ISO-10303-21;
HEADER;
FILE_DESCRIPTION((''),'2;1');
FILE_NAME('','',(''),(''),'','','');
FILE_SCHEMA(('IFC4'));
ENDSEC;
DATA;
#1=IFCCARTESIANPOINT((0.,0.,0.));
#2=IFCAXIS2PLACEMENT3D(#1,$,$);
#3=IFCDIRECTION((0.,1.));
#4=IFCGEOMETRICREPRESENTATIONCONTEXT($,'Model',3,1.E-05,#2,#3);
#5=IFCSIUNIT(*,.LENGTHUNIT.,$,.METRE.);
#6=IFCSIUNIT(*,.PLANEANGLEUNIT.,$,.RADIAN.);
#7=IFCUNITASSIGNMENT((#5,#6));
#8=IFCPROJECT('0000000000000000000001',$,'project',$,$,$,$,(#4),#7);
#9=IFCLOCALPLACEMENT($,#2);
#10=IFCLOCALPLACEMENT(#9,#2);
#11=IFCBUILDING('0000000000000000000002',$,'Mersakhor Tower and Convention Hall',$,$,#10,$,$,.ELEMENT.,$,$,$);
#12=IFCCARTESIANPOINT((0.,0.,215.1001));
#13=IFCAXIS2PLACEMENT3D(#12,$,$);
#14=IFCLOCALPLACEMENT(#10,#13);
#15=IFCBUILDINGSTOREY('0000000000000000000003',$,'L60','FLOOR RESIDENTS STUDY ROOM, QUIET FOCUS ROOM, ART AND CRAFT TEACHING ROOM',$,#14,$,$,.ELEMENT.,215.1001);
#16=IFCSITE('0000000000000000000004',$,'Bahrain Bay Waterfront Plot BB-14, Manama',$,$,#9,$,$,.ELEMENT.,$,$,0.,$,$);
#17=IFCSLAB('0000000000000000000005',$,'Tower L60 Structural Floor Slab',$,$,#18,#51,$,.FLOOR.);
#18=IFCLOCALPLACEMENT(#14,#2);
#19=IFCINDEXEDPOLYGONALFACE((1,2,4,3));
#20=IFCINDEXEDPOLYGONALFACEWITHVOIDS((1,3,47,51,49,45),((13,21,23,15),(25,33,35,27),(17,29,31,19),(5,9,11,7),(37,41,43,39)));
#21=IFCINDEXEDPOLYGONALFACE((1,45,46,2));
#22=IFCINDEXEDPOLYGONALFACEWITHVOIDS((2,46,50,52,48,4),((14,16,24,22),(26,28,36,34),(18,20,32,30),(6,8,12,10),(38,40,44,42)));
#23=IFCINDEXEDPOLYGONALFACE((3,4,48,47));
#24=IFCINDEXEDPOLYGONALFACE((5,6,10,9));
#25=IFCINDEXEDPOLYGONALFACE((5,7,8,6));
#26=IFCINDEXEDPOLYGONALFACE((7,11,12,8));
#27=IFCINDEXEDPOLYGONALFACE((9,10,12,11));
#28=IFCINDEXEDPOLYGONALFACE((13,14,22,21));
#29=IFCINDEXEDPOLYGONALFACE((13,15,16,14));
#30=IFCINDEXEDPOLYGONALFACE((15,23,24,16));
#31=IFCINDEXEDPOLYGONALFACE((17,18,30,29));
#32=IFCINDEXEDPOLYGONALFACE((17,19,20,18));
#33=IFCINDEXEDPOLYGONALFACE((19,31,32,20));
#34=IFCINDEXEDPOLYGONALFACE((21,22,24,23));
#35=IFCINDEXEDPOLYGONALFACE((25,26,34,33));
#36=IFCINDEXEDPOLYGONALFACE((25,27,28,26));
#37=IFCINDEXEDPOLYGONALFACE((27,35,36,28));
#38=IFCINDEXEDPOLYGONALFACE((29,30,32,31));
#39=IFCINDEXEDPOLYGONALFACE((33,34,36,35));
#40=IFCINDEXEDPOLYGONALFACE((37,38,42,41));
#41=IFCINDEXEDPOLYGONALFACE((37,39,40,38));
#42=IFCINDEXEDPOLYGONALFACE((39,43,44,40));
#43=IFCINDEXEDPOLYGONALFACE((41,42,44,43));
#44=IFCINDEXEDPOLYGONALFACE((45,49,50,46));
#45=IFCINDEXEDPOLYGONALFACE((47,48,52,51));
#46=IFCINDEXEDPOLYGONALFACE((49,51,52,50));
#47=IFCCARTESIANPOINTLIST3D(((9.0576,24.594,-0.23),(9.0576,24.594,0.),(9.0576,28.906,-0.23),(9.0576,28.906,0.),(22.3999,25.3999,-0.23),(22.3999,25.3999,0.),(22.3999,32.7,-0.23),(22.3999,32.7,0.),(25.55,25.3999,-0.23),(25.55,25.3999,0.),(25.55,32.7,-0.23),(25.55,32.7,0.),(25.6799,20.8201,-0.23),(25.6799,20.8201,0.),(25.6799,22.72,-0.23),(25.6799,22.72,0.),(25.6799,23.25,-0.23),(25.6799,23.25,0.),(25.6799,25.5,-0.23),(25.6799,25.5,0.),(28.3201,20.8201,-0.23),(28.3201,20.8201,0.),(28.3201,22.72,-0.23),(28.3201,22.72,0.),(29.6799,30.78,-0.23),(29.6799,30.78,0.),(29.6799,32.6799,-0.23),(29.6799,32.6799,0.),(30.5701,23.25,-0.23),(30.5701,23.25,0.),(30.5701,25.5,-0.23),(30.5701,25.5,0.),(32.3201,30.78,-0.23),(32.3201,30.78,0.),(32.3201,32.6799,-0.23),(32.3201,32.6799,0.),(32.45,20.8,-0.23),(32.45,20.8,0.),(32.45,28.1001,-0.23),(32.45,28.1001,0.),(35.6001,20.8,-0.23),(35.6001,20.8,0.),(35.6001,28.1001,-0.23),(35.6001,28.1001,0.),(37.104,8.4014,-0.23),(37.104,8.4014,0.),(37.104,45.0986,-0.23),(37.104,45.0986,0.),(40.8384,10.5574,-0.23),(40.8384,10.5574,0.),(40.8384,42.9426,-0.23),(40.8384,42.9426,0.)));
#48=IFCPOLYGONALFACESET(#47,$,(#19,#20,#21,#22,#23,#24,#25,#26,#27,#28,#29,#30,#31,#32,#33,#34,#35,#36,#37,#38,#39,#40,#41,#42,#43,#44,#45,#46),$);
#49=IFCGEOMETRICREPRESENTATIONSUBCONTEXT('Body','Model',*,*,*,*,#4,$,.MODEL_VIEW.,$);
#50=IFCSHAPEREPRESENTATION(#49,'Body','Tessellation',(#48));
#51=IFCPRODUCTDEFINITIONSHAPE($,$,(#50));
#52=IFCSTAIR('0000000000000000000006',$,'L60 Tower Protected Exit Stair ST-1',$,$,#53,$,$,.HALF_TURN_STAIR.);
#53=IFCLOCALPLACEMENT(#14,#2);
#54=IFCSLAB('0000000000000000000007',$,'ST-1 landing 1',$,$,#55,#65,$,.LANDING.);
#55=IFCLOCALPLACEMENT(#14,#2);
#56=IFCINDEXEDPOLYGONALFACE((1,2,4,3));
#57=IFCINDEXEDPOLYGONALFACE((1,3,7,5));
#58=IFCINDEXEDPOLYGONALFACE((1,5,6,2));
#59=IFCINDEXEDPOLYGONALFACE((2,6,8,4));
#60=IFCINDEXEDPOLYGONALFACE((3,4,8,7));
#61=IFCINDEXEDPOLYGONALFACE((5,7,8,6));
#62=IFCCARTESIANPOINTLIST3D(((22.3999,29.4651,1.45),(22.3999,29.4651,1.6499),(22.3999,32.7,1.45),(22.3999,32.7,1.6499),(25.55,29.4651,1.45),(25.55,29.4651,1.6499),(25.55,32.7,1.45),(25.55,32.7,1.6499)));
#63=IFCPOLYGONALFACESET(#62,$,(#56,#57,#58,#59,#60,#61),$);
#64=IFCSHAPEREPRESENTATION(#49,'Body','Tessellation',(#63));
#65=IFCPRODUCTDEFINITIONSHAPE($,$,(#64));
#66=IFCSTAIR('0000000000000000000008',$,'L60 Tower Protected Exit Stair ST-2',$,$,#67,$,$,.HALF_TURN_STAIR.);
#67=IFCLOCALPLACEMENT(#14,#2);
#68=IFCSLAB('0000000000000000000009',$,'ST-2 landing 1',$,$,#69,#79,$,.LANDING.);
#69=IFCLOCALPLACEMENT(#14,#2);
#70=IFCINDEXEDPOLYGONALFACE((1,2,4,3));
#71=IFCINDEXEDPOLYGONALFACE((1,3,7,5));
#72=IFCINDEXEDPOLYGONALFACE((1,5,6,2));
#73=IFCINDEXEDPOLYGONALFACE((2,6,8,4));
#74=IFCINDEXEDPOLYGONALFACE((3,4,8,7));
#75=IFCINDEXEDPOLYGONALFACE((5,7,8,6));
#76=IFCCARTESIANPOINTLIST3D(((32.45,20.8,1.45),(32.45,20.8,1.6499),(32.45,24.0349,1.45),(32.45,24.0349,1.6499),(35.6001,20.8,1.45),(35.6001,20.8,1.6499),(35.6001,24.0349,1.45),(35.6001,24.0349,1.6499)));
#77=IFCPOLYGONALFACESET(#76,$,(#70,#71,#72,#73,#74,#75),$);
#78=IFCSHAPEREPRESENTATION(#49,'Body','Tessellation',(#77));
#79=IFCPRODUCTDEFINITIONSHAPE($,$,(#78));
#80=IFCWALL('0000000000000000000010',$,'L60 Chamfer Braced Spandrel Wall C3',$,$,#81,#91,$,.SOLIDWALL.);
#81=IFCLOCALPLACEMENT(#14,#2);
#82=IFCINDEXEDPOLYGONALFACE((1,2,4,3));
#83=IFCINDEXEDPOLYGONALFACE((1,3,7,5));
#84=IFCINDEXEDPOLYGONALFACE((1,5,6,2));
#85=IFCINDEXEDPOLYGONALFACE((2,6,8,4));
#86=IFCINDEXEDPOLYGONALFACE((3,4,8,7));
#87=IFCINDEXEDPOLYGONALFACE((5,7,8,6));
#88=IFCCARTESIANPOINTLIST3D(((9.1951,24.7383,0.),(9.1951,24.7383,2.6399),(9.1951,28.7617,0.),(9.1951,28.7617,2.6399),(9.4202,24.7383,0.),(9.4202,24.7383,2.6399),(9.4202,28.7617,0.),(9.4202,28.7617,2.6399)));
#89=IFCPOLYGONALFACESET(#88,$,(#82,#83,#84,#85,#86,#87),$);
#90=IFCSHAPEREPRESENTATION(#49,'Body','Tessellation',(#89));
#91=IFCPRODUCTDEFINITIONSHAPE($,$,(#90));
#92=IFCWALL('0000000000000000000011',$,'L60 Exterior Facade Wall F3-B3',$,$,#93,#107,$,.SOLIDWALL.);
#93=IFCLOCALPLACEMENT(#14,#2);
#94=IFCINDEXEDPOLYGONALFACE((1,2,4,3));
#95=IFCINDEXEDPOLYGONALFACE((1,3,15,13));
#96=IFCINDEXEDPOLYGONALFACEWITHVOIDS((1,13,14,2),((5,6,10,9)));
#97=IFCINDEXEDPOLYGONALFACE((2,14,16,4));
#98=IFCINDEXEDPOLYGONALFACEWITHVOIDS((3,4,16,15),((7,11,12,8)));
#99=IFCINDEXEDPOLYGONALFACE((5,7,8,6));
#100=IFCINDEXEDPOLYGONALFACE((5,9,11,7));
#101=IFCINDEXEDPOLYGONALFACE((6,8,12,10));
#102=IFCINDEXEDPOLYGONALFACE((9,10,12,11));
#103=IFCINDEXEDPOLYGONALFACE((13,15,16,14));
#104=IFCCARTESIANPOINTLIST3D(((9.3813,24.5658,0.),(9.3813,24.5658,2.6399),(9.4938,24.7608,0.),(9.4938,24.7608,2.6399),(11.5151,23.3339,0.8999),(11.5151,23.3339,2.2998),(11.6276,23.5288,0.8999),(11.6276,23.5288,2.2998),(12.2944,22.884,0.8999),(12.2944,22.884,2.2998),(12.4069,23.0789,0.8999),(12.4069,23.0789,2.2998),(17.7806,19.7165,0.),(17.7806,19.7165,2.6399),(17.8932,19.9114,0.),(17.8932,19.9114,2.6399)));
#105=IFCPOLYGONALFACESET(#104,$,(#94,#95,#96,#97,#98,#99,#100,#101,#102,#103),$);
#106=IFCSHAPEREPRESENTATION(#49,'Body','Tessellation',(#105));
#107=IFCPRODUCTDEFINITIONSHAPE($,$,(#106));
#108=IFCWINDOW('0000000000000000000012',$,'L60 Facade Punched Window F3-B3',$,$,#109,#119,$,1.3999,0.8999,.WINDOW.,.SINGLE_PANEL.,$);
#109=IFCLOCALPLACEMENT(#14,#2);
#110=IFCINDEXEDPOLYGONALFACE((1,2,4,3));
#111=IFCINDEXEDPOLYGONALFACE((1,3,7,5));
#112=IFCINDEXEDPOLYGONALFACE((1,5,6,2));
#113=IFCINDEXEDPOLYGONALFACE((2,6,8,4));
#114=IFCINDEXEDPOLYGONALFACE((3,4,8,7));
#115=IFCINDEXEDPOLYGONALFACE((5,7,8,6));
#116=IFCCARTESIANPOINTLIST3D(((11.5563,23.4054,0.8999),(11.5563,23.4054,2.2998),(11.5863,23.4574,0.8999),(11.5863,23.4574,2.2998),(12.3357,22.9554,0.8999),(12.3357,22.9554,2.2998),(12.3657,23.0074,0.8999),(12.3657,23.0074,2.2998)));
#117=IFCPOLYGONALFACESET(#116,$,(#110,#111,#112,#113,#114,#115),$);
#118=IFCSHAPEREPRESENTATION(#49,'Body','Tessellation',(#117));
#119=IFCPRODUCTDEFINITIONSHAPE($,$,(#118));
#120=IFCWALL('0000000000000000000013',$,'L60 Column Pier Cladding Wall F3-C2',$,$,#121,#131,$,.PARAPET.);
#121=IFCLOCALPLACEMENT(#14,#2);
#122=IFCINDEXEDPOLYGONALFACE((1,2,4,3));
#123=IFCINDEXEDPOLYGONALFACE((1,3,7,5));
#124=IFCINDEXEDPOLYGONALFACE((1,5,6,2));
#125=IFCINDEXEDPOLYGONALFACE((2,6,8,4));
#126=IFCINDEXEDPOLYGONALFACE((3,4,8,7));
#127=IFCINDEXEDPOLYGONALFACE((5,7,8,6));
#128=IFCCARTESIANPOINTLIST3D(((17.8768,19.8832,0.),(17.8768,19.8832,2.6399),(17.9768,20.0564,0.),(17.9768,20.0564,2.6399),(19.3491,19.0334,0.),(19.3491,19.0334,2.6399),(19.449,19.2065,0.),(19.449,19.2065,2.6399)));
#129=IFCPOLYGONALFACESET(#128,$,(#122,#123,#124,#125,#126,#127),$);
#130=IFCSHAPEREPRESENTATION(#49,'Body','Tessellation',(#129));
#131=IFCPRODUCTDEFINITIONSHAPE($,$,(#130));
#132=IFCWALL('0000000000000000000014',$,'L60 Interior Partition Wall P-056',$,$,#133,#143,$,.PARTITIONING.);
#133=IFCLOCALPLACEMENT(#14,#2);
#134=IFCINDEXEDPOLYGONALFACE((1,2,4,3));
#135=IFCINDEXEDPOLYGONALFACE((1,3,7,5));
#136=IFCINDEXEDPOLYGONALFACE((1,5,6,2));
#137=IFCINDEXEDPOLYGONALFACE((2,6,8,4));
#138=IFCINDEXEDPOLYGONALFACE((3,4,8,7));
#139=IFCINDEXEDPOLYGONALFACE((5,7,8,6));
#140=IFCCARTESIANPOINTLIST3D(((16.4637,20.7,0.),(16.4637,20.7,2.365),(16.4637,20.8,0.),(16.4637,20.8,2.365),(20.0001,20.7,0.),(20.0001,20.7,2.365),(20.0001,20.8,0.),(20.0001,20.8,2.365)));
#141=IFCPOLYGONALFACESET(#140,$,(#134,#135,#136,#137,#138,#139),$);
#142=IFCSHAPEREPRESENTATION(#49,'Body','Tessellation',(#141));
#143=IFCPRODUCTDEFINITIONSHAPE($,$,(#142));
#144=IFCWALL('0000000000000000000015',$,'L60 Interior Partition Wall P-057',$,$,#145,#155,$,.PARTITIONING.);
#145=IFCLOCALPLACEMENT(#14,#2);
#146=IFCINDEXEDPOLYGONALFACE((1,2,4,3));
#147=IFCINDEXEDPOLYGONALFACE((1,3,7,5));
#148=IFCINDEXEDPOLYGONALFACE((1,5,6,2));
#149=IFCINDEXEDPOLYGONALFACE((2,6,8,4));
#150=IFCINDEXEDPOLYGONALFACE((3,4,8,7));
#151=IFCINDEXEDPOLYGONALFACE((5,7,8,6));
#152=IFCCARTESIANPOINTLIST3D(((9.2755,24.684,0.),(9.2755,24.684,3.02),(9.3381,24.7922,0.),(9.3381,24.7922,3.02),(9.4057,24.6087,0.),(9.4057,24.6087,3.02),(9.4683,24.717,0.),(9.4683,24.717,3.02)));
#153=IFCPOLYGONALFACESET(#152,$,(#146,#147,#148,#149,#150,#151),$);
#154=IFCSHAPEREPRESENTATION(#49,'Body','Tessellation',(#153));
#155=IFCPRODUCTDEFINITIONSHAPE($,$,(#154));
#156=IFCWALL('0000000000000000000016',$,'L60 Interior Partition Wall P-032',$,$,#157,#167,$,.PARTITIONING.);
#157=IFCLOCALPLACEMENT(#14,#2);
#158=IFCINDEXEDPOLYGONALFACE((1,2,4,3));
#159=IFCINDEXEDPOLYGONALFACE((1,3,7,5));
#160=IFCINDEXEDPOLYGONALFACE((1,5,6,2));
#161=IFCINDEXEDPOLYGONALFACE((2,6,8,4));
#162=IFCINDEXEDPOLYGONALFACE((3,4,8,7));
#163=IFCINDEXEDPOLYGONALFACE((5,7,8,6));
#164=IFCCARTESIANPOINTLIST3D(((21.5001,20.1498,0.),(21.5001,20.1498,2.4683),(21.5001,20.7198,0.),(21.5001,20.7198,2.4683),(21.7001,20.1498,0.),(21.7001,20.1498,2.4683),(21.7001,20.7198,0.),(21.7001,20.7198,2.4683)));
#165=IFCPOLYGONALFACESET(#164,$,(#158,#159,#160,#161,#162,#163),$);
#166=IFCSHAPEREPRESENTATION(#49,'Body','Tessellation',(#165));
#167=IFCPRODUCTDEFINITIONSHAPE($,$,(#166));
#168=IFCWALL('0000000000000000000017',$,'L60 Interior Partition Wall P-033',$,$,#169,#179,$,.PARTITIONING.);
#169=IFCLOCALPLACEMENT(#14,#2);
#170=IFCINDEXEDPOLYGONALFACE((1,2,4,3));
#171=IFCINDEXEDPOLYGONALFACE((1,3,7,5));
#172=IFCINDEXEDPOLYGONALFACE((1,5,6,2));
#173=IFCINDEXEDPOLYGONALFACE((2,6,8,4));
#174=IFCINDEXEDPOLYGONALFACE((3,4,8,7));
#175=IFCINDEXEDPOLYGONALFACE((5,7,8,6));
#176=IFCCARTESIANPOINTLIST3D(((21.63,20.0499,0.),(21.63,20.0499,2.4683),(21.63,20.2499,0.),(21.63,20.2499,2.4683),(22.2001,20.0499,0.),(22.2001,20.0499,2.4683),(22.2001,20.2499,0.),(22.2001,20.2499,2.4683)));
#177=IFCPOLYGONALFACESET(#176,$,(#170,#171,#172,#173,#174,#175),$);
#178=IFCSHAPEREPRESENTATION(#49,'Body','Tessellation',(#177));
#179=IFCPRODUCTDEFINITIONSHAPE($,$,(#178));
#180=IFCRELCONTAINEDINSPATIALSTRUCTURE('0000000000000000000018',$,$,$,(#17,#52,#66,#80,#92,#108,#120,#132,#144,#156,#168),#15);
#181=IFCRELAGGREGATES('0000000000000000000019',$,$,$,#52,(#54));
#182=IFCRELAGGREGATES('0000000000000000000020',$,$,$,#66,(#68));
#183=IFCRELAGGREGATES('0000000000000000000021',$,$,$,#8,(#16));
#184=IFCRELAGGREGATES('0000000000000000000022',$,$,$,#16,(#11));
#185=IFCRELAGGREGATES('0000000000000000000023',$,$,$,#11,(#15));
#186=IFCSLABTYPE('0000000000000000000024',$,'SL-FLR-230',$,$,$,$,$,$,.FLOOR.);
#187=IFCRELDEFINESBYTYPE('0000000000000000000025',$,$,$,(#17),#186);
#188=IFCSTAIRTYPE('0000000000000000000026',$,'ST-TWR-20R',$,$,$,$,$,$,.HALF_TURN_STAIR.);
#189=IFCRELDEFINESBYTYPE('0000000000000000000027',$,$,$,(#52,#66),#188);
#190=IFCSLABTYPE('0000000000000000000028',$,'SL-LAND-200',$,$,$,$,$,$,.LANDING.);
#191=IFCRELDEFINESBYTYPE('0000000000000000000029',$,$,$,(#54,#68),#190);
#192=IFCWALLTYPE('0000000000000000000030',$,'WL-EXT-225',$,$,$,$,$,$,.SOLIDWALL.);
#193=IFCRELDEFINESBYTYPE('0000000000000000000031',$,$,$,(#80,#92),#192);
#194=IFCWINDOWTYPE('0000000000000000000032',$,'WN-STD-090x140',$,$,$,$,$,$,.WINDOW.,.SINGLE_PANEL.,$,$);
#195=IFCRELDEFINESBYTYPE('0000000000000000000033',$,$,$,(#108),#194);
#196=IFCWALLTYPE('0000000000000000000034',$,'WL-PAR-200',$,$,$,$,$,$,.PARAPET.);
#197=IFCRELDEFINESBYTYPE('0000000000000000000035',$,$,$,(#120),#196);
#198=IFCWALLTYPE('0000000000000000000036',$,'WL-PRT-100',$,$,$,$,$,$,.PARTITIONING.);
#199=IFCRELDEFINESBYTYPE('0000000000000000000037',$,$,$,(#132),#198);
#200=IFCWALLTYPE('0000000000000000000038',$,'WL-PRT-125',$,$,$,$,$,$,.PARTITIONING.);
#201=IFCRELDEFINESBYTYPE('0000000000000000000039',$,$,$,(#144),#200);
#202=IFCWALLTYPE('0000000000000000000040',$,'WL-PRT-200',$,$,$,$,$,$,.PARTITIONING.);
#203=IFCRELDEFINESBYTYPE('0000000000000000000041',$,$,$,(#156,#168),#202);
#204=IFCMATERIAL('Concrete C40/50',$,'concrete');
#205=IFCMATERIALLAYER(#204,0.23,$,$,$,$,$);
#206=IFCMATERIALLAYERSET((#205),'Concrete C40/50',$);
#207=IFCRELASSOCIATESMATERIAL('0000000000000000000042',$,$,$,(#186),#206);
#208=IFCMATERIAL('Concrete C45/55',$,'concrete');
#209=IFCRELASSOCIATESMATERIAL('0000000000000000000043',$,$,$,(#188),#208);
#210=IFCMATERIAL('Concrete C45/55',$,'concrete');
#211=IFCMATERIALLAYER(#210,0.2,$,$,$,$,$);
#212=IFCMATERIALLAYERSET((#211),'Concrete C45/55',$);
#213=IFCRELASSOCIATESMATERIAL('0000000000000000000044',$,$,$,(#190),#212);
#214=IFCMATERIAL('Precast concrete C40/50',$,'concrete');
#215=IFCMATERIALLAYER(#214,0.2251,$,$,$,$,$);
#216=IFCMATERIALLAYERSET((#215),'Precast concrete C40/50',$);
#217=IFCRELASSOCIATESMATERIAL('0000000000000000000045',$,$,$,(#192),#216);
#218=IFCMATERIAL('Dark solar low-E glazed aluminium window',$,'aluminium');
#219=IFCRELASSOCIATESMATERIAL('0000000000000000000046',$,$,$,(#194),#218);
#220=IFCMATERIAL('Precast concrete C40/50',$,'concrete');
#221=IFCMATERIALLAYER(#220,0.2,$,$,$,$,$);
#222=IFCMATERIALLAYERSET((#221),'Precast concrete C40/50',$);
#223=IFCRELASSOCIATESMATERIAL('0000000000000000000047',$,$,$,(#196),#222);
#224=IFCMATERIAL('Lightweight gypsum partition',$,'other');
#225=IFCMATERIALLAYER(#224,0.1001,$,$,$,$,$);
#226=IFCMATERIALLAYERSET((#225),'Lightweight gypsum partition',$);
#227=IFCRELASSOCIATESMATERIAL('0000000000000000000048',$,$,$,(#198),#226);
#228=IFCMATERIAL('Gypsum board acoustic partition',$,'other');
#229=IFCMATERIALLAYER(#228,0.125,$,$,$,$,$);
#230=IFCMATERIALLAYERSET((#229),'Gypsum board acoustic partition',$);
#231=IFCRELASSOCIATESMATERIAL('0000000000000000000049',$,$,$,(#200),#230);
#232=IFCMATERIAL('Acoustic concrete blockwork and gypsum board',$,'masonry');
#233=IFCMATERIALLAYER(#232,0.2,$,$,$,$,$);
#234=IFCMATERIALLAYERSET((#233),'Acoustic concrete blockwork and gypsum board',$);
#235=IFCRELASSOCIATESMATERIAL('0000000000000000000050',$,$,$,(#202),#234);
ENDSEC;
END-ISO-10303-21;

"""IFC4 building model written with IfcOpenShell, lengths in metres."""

from ifc_helpers import new_model, si_unit, direction, frame, frame_2d, origin, place, context, subcontext, project, spatial, polyline, rectangle, outline, extrude, material, layer, layer_set, type_object, element, fill, aggregate, save


model = new_model("IFC4")

# Units and contexts
model_context = context("Model", 3, precision=1e-05, world=origin(), true_north=direction((0.0, 1.0)))
body_context = subcontext(model_context, "Body", "Model", "MODEL_VIEW")
ifc_project = project(units=[si_unit("LENGTHUNIT", "METRE"), si_unit("PLANEANGLEUNIT", "RADIAN")], contexts=[model_context])

# Site, building, storey
site_placement = place(None, origin())
site = spatial("IfcSite", under=ifc_project, at=site_placement, Name="Bahrain Bay Waterfront Plot BB-14, Manama", CompositionType="ELEMENT", RefElevation=0.0)
building_placement = place(site_placement, origin())
building = spatial("IfcBuilding", under=site, at=building_placement, Name="Mersakhor Tower and Convention Hall", CompositionType="ELEMENT")
storey_placement = place(building_placement, frame((0.0, 0.0, 215.1001)))
storey = spatial("IfcBuildingStorey", under=building, at=storey_placement, Name="L60", Description="FLOOR RESIDENTS STUDY ROOM, QUIET FOCUS ROOM, ART AND CRAFT TEACHING ROOM", CompositionType="ELEMENT", Elevation=215.1001)

# Slab
ifc_material_1 = material(Name="Concrete C40/50", Category="concrete")
ifc_layer_1 = layer(ifc_material_1, 0.23)
ifc_layer_set_1 = layer_set([ifc_layer_1], Name="Concrete C40/50")
slab_type_1 = type_object("IfcSlabType", Name="SL-FLR-230", PredefinedType="FLOOR", material=ifc_layer_set_1)
slab_1_placement = place(storey_placement, frame((0.0, 0.0, -0.23)))
element("IfcSlab", 1, at=slab_1_placement, inside=storey, type_object=slab_type_1, Name="Tower L60 Structural Floor Slab", PredefinedType="FLOOR", context=body_context, shape_type="SweptSolid", body=[
    extrude(outline(polyline([(9.0576, 28.906), (37.104, 45.0986), (40.8384, 42.9426), (40.8384, 10.5574), (37.104, 8.4014), (9.0576, 24.594), (9.0576, 28.906)]), holes=[polyline([(25.55, 25.3999), (25.55, 32.7), (22.3999, 32.7), (22.3999, 25.3999), (25.55, 25.3999)]), polyline([(32.45, 28.1001), (32.45, 20.8), (35.6001, 20.8), (35.6001, 28.1001), (32.45, 28.1001)]), polyline([(25.6799, 20.8201), (25.6799, 22.72), (28.3201, 22.72), (28.3201, 20.8201), (25.6799, 20.8201)]), polyline([(29.6799, 30.78), (29.6799, 32.6799), (32.3201, 32.6799), (32.3201, 30.78), (29.6799, 30.78)]), polyline([(25.6799, 23.25), (25.6799, 25.5), (30.5701, 25.5), (30.5701, 23.25), (25.6799, 23.25)])]), origin(), (0.0, 0.0, 1.0), 0.23),
])

# Stairs, slabs
ifc_material_2 = material(Name="Concrete C45/55", Category="concrete")
stair_type = type_object("IfcStairType", Name="ST-TWR-20R", PredefinedType="HALF_TURN_STAIR", material=ifc_material_2)
stair_1_placement = place(storey_placement, origin())
stair_1 = element("IfcStair", 2, at=stair_1_placement, inside=storey, type_object=stair_type, Name="L60 Tower Protected Exit Stair ST-1", PredefinedType="HALF_TURN_STAIR")
ifc_material_3 = material(Name="Concrete C45/55", Category="concrete")
ifc_layer_2 = layer(ifc_material_3, 0.2)
ifc_layer_set_2 = layer_set([ifc_layer_2], Name="Concrete C45/55")
slab_type_2 = type_object("IfcSlabType", Name="SL-LAND-200", PredefinedType="LANDING", material=ifc_layer_set_2)
slab_2_placement = place(storey_placement, frame((0.0, 0.0, 1.45)))
slab_2 = element("IfcSlab", 3, at=slab_2_placement, type_object=slab_type_2, Name="ST-1 landing 1", PredefinedType="LANDING", context=body_context, shape_type="SweptSolid", body=[
    extrude(outline(polyline([(25.55, 29.4651), (25.55, 32.7), (22.3999, 32.7), (22.3999, 29.4651), (25.55, 29.4651)])), origin(), (0.0, 0.0, 1.0), 0.2),
])
aggregate(stair_1, [slab_2])
stair_2_placement = place(storey_placement, origin())
stair_2 = element("IfcStair", 4, at=stair_2_placement, inside=storey, type_object=stair_type, Name="L60 Tower Protected Exit Stair ST-2", PredefinedType="HALF_TURN_STAIR")
slab_3_placement = place(storey_placement, frame((0.0, 0.0, 1.45)))
slab_3 = element("IfcSlab", 5, at=slab_3_placement, type_object=slab_type_2, Name="ST-2 landing 1", PredefinedType="LANDING", context=body_context, shape_type="SweptSolid", body=[
    extrude(outline(polyline([(32.45, 24.0349), (32.45, 20.8), (35.6001, 20.8), (35.6001, 24.0349), (32.45, 24.0349)])), origin(), (0.0, 0.0, 1.0), 0.2),
])
aggregate(stair_2, [slab_3])

# Wall
ifc_material_4 = material(Name="Precast concrete C40/50", Category="concrete")
ifc_layer_3 = layer(ifc_material_4, 0.2251)
ifc_layer_set_3 = layer_set([ifc_layer_3], Name="Precast concrete C40/50")
wall_type_1 = type_object("IfcWallType", Name="WL-EXT-225", PredefinedType="SOLIDWALL", material=ifc_layer_set_3)
wall_1_placement = place(storey_placement, frame((9.3076, 24.7383, 0.0), z_axis=(0.0, 0.0, 1.0), x_axis=(0.0, 1.0, 0.0)))
element("IfcWall", 6, at=wall_1_placement, inside=storey, type_object=wall_type_1, Name="L60 Chamfer Braced Spandrel Wall C3", PredefinedType="SOLIDWALL", context=body_context, shape_type="SweptSolid", body=[
    extrude(rectangle(XDim=4.0234, YDim=0.2251, at=frame_2d((2.0117, 0.0))), origin(), (0.0, 0.0, 1.0), 2.6399),
])

# Wall, opening, window
wall_2_placement = place(storey_placement, frame((17.8369, 19.814, 0.0), z_axis=(0.0, 0.0, 1.0), x_axis=(-0.866027, 0.499997, 0.0)))
wall_2 = element("IfcWall", 7, at=wall_2_placement, inside=storey, type_object=wall_type_1, Name="L60 Exterior Facade Wall F3-B3", PredefinedType="SOLIDWALL", context=body_context, shape_type="SweptSolid", body=[
    extrude(rectangle(XDim=9.6987, YDim=0.2251, at=frame_2d((4.8494, 0.0))), origin(), (0.0, 0.0, 1.0), 2.6399),
])
opening_1_placement = place(wall_2_placement, frame((6.335, 0.0, 0.8999)))
opening_1 = element("IfcOpeningElement", 8, at=opening_1_placement, cuts=wall_2, PredefinedType="OPENING", context=body_context, shape_type="SweptSolid", body=[
    extrude(rectangle(XDim=0.8999, YDim=1.3999, at=frame_2d((0.45, 0.7))), frame((0.0, 0.1226, 0.0), z_axis=(0.0, -1.0, 0.0), x_axis=(1.0, 0.0, 0.0)), (0.0, 0.0, 1.0), 0.2451),
])
ifc_material_5 = material(Name="Dark solar low-E glazed aluminium window", Category="aluminium")
window_type = type_object("IfcWindowType", Name="WN-STD-090x140", PartitioningType="SINGLE_PANEL", PredefinedType="WINDOW", material=ifc_material_5)
window_placement = place(opening_1_placement, origin())
window = element("IfcWindow", 9, at=window_placement, inside=storey, type_object=window_type, Name="L60 Facade Punched Window F3-B3", OverallHeight=1.3999, OverallWidth=0.8999, PartitioningType="SINGLE_PANEL", PredefinedType="WINDOW", context=body_context, shape_type="SweptSolid", body=[
    extrude(rectangle(XDim=0.8999, YDim=1.3999, at=frame_2d((0.45, 0.7))), frame((0.0, 0.03, 0.0), z_axis=(0.0, -1.0, 0.0), x_axis=(1.0, 0.0, 0.0)), (0.0, 0.0, 1.0), 0.0601),
])
fill(opening_1, window)

# Walls
ifc_material_6 = material(Name="Precast concrete C40/50", Category="concrete")
ifc_layer_4 = layer(ifc_material_6, 0.2)
ifc_layer_set_4 = layer_set([ifc_layer_4], Name="Precast concrete C40/50")
wall_type_2 = type_object("IfcWallType", Name="WL-PAR-200", PredefinedType="PARAPET", material=ifc_layer_set_4)
wall_3_placement = place(storey_placement, frame((19.3992, 19.1199, 0.0), z_axis=(0.0, 0.0, 1.0), x_axis=(-0.866052, 0.499955, 0.0)))
element("IfcWall", 10, at=wall_3_placement, inside=storey, type_object=wall_type_2, Name="L60 Column Pier Cladding Wall F3-C2", PredefinedType="PARAPET", context=body_context, shape_type="SweptSolid", body=[
    extrude(rectangle(XDim=1.7, YDim=0.2, at=frame_2d((0.8501, 0.0))), origin(), (0.0, 0.0, 1.0), 2.6399),
])
ifc_material_7 = material(Name="Lightweight gypsum partition", Category="other")
ifc_layer_5 = layer(ifc_material_7, 0.1001)
ifc_layer_set_5 = layer_set([ifc_layer_5], Name="Lightweight gypsum partition")
wall_type_3 = type_object("IfcWallType", Name="WL-PRT-100", PredefinedType="PARTITIONING", material=ifc_layer_set_5)
wall_4_placement = place(storey_placement, frame((20.0, 20.75, 0.0), z_axis=(0.0, 0.0, 1.0), x_axis=(-1.0, 0.0, 0.0)))
element("IfcWall", 11, at=wall_4_placement, inside=storey, type_object=wall_type_3, Name="L60 Interior Partition Wall P-056", PredefinedType="PARTITIONING", context=body_context, shape_type="SweptSolid", body=[
    extrude(rectangle(XDim=3.5364, YDim=0.1001, at=frame_2d((1.7681, 0.0))), origin(), (0.0, 0.0, 1.0), 2.365),
])
ifc_material_8 = material(Name="Gypsum board acoustic partition", Category="other")
ifc_layer_6 = layer(ifc_material_8, 0.125)
ifc_layer_set_6 = layer_set([ifc_layer_6], Name="Gypsum board acoustic partition")
wall_type_4 = type_object("IfcWallType", Name="WL-PRT-125", PredefinedType="PARTITIONING", material=ifc_layer_set_6)
wall_5_placement = place(storey_placement, frame((9.437, 24.6628, 0.0), z_axis=(0.0, 0.0, 1.0), x_axis=(-0.865834, 0.500332, 0.0)))
element("IfcWall", 12, at=wall_5_placement, inside=storey, type_object=wall_type_4, Name="L60 Interior Partition Wall P-057", PredefinedType="PARTITIONING", context=body_context, shape_type="SweptSolid", body=[
    extrude(rectangle(XDim=0.1504, YDim=0.125, at=frame_2d((0.0752, 0.0))), origin(), (0.0, 0.0, 1.0), 3.02),
])

# Shared definitions
ifc_material_9 = material(Name="Acoustic concrete blockwork and gypsum board", Category="masonry")
ifc_layer_7 = layer(ifc_material_9, 0.2)
ifc_layer_set_7 = layer_set([ifc_layer_7], Name="Acoustic concrete blockwork and gypsum board")
wall_type_5 = type_object("IfcWallType", Name="WL-PRT-200", PredefinedType="PARTITIONING", material=ifc_layer_set_7)

# Walls
for number, where, z_axis, x_axis, name in (
    (13, (21.6001, 20.72, 0.0), (0.0, 0.0, 1.0), (0.0, -1.0, 0.0), "L60 Interior Partition Wall P-032"),
    (14, (21.6299, 20.1499, 0.0), (0.0, 0.0, 1.0), (1.0, 0.0, 0.0), "L60 Interior Partition Wall P-033"),
):
    element("IfcWall", number, at=place(storey_placement, frame(where, z_axis=z_axis, x_axis=x_axis)), inside=storey, type_object=wall_type_5, Name=name, PredefinedType="PARTITIONING", context=body_context, shape_type="SweptSolid", body=[
        extrude(rectangle(XDim=0.5701, YDim=0.2, at=frame_2d((0.2852, 0.0))), origin(), (0.0, 0.0, 1.0), 2.4683),
    ])

save(model, "model.ifc")
